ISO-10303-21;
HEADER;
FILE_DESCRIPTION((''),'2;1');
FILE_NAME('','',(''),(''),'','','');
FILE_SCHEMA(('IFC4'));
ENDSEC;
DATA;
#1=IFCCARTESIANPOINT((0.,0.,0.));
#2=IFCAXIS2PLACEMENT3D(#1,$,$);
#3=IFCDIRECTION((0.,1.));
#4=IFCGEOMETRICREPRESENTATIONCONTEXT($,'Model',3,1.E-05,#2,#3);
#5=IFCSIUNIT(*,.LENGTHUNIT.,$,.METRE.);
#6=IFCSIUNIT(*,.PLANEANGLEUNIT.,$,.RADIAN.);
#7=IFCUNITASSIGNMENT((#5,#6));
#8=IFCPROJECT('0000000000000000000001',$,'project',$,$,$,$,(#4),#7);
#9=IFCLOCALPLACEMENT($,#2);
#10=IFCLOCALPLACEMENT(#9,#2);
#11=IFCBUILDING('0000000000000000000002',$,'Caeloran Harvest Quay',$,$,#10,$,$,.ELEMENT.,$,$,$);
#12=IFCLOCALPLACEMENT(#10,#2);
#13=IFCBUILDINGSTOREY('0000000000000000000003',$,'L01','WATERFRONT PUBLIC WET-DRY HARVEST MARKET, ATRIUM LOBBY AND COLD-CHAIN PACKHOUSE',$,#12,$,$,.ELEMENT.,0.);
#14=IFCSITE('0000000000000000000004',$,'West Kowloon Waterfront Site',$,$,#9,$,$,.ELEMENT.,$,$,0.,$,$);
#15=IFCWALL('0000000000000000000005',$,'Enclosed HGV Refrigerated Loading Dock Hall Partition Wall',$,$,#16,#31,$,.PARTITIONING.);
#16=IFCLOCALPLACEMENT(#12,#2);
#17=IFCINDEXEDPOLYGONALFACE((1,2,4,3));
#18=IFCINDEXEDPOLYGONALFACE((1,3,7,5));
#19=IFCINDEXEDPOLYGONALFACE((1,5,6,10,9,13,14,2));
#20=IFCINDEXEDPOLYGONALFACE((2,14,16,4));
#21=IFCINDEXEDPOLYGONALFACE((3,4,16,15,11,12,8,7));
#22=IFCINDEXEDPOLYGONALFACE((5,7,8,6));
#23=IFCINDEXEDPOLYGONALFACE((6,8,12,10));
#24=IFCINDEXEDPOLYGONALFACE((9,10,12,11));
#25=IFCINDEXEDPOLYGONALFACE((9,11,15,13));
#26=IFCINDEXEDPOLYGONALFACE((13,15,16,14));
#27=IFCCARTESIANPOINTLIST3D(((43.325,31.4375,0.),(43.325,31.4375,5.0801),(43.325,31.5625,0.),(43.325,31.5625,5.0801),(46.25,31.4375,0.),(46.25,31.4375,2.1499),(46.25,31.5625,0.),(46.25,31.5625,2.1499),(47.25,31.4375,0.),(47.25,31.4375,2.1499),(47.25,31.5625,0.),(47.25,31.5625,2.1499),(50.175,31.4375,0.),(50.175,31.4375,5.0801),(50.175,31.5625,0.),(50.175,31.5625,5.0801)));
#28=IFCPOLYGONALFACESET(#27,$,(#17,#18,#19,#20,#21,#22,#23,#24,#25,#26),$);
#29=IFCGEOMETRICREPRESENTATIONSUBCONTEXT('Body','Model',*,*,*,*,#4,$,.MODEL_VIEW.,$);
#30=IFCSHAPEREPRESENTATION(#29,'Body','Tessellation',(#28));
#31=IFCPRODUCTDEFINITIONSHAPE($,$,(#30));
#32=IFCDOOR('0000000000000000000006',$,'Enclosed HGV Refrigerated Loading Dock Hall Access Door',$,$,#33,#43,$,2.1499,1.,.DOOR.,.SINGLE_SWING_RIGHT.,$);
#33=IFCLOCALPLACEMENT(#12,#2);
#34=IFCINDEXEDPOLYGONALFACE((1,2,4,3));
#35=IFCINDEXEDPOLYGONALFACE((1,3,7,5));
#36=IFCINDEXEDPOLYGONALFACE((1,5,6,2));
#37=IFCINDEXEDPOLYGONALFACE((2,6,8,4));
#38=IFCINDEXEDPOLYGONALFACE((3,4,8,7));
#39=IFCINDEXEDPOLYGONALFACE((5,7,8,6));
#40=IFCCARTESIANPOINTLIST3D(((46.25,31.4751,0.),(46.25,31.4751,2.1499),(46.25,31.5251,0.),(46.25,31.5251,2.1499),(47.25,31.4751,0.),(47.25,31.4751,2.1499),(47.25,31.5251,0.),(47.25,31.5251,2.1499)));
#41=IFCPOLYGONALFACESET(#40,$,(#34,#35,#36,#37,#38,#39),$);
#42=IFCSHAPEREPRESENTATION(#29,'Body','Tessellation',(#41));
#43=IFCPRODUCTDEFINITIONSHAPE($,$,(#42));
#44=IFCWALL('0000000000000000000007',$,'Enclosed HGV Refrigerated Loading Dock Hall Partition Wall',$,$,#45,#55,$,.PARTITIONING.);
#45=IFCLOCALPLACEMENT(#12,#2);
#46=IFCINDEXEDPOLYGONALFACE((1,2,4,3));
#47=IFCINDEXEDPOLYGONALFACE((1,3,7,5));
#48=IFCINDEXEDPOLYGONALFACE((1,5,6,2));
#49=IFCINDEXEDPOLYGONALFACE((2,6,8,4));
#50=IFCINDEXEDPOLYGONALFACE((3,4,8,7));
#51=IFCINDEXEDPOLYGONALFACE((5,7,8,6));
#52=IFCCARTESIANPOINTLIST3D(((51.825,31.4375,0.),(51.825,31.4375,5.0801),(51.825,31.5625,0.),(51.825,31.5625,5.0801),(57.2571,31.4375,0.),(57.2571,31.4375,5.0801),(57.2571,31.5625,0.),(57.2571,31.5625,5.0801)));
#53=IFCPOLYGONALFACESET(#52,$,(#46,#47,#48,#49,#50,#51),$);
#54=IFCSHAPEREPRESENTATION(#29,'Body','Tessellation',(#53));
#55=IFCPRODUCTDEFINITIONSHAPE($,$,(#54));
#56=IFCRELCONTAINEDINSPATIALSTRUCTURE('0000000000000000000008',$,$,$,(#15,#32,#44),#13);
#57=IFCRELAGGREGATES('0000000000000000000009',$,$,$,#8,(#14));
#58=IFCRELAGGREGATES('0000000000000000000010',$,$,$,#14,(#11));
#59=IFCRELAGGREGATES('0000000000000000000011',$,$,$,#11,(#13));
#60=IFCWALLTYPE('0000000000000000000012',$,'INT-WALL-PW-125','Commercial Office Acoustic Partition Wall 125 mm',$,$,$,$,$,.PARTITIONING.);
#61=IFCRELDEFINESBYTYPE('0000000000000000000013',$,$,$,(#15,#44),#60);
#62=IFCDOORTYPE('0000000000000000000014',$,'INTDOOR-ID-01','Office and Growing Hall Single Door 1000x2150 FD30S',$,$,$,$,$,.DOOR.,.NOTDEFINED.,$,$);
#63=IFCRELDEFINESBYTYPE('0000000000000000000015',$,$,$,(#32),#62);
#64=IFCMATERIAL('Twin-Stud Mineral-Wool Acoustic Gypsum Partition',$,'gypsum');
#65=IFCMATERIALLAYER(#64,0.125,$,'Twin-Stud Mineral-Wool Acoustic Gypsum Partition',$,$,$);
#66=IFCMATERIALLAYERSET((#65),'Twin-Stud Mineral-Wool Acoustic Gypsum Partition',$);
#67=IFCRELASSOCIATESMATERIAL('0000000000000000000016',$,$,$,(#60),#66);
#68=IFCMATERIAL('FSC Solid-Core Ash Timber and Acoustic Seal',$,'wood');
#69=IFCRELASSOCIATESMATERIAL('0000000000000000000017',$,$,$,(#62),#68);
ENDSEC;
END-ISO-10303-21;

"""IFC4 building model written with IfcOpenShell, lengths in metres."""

from ifc_helpers import new_model, si_unit, direction, frame, frame_2d, origin, place, context, subcontext, project, spatial, rectangle, extrude, material, layer, layer_set, type_object, element, fill, save


model = new_model("IFC4")

# Units and contexts
model_context = context("Model", 3, precision=1e-05, world=origin(), true_north=direction((0.0, 1.0)))
body_context = subcontext(model_context, "Body", "Model", "MODEL_VIEW")
ifc_project = project(units=[si_unit("LENGTHUNIT", "METRE"), si_unit("PLANEANGLEUNIT", "RADIAN")], contexts=[model_context])

# Site, building, storey
site_placement = place(None, origin())
site = spatial("IfcSite", under=ifc_project, at=site_placement, Name="West Kowloon Waterfront Site", CompositionType="ELEMENT", RefElevation=0.0)
building_placement = place(site_placement, origin())
building = spatial("IfcBuilding", under=site, at=building_placement, Name="Caeloran Harvest Quay", CompositionType="ELEMENT")
storey_placement = place(building_placement, origin())
storey = spatial("IfcBuildingStorey", under=building, at=storey_placement, Name="L01", Description="WATERFRONT PUBLIC WET-DRY HARVEST MARKET, ATRIUM LOBBY AND COLD-CHAIN PACKHOUSE", CompositionType="ELEMENT", Elevation=0.0)

# Wall, opening, door
ifc_material_1 = material(Name="Twin-Stud Mineral-Wool Acoustic Gypsum Partition", Category="gypsum")
ifc_layer_1 = layer(ifc_material_1, 0.125, Name="Twin-Stud Mineral-Wool Acoustic Gypsum Partition")
ifc_layer_set_1 = layer_set([ifc_layer_1], Name="Twin-Stud Mineral-Wool Acoustic Gypsum Partition")
wall_type_1 = type_object("IfcWallType", Name="INT-WALL-PW-125", Description="Commercial Office Acoustic Partition Wall 125 mm", PredefinedType="PARTITIONING", material=ifc_layer_set_1)
wall_1_placement = place(storey_placement, frame((50.175, 31.5, 0.0), z_axis=(0.0, 0.0, 1.0), x_axis=(-1.0, 0.0, 0.0)))
wall_1 = element("IfcWall", 1, at=wall_1_placement, inside=storey, type_object=wall_type_1, Name="Enclosed HGV Refrigerated Loading Dock Hall Partition Wall", PredefinedType="PARTITIONING", context=body_context, shape_type="SweptSolid", body=[
    extrude(rectangle(XDim=6.8501, YDim=0.125, at=frame_2d((3.425, 0.0))), origin(), (0.0, 0.0, 1.0), 5.0801),
])
opening_1_placement = place(wall_1_placement, frame((2.925, 0.0, 0.0)))
opening_1 = element("IfcOpeningElement", 2, at=opening_1_placement, cuts=wall_1, PredefinedType="OPENING", context=body_context, shape_type="SweptSolid", body=[
    extrude(rectangle(XDim=1.0, YDim=2.1499, at=frame_2d((0.5, 1.075))), frame((0.0, 0.0725, 0.0), z_axis=(0.0, -1.0, 0.0), x_axis=(1.0, 0.0, 0.0)), (0.0, 0.0, 1.0), 0.145),
])
ifc_material_2 = material(Name="FSC Solid-Core Ash Timber and Acoustic Seal", Category="wood")
door_type_1 = type_object("IfcDoorType", Name="INTDOOR-ID-01", Description="Office and Growing Hall Single Door 1000x2150 FD30S", OperationType="NOTDEFINED", PredefinedType="DOOR", material=ifc_material_2)
door_1_placement = place(opening_1_placement, origin())
door_1 = element("IfcDoor", 3, at=door_1_placement, inside=storey, type_object=door_type_1, Name="Enclosed HGV Refrigerated Loading Dock Hall Access Door", OperationType="SINGLE_SWING_RIGHT", OverallHeight=2.1499, OverallWidth=1.0, PredefinedType="DOOR", context=body_context, shape_type="SweptSolid", body=[
    extrude(rectangle(XDim=1.0, YDim=2.1499, at=frame_2d((0.5, 1.075))), frame((0.0, 0.0249, 0.0), z_axis=(0.0, -1.0, 0.0), x_axis=(1.0, 0.0, 0.0)), (0.0, 0.0, 1.0), 0.05),
])
fill(opening_1, door_1)

# Wall
wall_2_placement = place(storey_placement, frame((57.2571, 31.5, 0.0), z_axis=(0.0, 0.0, 1.0), x_axis=(-1.0, 0.0, 0.0)))
element("IfcWall", 4, at=wall_2_placement, inside=storey, type_object=wall_type_1, Name="Enclosed HGV Refrigerated Loading Dock Hall Partition Wall", PredefinedType="PARTITIONING", context=body_context, shape_type="SweptSolid", body=[
    extrude(rectangle(XDim=5.4321, YDim=0.125, at=frame_2d((2.7161, 0.0))), origin(), (0.0, 0.0, 1.0), 5.0801),
])

save(model, "model.ifc")
